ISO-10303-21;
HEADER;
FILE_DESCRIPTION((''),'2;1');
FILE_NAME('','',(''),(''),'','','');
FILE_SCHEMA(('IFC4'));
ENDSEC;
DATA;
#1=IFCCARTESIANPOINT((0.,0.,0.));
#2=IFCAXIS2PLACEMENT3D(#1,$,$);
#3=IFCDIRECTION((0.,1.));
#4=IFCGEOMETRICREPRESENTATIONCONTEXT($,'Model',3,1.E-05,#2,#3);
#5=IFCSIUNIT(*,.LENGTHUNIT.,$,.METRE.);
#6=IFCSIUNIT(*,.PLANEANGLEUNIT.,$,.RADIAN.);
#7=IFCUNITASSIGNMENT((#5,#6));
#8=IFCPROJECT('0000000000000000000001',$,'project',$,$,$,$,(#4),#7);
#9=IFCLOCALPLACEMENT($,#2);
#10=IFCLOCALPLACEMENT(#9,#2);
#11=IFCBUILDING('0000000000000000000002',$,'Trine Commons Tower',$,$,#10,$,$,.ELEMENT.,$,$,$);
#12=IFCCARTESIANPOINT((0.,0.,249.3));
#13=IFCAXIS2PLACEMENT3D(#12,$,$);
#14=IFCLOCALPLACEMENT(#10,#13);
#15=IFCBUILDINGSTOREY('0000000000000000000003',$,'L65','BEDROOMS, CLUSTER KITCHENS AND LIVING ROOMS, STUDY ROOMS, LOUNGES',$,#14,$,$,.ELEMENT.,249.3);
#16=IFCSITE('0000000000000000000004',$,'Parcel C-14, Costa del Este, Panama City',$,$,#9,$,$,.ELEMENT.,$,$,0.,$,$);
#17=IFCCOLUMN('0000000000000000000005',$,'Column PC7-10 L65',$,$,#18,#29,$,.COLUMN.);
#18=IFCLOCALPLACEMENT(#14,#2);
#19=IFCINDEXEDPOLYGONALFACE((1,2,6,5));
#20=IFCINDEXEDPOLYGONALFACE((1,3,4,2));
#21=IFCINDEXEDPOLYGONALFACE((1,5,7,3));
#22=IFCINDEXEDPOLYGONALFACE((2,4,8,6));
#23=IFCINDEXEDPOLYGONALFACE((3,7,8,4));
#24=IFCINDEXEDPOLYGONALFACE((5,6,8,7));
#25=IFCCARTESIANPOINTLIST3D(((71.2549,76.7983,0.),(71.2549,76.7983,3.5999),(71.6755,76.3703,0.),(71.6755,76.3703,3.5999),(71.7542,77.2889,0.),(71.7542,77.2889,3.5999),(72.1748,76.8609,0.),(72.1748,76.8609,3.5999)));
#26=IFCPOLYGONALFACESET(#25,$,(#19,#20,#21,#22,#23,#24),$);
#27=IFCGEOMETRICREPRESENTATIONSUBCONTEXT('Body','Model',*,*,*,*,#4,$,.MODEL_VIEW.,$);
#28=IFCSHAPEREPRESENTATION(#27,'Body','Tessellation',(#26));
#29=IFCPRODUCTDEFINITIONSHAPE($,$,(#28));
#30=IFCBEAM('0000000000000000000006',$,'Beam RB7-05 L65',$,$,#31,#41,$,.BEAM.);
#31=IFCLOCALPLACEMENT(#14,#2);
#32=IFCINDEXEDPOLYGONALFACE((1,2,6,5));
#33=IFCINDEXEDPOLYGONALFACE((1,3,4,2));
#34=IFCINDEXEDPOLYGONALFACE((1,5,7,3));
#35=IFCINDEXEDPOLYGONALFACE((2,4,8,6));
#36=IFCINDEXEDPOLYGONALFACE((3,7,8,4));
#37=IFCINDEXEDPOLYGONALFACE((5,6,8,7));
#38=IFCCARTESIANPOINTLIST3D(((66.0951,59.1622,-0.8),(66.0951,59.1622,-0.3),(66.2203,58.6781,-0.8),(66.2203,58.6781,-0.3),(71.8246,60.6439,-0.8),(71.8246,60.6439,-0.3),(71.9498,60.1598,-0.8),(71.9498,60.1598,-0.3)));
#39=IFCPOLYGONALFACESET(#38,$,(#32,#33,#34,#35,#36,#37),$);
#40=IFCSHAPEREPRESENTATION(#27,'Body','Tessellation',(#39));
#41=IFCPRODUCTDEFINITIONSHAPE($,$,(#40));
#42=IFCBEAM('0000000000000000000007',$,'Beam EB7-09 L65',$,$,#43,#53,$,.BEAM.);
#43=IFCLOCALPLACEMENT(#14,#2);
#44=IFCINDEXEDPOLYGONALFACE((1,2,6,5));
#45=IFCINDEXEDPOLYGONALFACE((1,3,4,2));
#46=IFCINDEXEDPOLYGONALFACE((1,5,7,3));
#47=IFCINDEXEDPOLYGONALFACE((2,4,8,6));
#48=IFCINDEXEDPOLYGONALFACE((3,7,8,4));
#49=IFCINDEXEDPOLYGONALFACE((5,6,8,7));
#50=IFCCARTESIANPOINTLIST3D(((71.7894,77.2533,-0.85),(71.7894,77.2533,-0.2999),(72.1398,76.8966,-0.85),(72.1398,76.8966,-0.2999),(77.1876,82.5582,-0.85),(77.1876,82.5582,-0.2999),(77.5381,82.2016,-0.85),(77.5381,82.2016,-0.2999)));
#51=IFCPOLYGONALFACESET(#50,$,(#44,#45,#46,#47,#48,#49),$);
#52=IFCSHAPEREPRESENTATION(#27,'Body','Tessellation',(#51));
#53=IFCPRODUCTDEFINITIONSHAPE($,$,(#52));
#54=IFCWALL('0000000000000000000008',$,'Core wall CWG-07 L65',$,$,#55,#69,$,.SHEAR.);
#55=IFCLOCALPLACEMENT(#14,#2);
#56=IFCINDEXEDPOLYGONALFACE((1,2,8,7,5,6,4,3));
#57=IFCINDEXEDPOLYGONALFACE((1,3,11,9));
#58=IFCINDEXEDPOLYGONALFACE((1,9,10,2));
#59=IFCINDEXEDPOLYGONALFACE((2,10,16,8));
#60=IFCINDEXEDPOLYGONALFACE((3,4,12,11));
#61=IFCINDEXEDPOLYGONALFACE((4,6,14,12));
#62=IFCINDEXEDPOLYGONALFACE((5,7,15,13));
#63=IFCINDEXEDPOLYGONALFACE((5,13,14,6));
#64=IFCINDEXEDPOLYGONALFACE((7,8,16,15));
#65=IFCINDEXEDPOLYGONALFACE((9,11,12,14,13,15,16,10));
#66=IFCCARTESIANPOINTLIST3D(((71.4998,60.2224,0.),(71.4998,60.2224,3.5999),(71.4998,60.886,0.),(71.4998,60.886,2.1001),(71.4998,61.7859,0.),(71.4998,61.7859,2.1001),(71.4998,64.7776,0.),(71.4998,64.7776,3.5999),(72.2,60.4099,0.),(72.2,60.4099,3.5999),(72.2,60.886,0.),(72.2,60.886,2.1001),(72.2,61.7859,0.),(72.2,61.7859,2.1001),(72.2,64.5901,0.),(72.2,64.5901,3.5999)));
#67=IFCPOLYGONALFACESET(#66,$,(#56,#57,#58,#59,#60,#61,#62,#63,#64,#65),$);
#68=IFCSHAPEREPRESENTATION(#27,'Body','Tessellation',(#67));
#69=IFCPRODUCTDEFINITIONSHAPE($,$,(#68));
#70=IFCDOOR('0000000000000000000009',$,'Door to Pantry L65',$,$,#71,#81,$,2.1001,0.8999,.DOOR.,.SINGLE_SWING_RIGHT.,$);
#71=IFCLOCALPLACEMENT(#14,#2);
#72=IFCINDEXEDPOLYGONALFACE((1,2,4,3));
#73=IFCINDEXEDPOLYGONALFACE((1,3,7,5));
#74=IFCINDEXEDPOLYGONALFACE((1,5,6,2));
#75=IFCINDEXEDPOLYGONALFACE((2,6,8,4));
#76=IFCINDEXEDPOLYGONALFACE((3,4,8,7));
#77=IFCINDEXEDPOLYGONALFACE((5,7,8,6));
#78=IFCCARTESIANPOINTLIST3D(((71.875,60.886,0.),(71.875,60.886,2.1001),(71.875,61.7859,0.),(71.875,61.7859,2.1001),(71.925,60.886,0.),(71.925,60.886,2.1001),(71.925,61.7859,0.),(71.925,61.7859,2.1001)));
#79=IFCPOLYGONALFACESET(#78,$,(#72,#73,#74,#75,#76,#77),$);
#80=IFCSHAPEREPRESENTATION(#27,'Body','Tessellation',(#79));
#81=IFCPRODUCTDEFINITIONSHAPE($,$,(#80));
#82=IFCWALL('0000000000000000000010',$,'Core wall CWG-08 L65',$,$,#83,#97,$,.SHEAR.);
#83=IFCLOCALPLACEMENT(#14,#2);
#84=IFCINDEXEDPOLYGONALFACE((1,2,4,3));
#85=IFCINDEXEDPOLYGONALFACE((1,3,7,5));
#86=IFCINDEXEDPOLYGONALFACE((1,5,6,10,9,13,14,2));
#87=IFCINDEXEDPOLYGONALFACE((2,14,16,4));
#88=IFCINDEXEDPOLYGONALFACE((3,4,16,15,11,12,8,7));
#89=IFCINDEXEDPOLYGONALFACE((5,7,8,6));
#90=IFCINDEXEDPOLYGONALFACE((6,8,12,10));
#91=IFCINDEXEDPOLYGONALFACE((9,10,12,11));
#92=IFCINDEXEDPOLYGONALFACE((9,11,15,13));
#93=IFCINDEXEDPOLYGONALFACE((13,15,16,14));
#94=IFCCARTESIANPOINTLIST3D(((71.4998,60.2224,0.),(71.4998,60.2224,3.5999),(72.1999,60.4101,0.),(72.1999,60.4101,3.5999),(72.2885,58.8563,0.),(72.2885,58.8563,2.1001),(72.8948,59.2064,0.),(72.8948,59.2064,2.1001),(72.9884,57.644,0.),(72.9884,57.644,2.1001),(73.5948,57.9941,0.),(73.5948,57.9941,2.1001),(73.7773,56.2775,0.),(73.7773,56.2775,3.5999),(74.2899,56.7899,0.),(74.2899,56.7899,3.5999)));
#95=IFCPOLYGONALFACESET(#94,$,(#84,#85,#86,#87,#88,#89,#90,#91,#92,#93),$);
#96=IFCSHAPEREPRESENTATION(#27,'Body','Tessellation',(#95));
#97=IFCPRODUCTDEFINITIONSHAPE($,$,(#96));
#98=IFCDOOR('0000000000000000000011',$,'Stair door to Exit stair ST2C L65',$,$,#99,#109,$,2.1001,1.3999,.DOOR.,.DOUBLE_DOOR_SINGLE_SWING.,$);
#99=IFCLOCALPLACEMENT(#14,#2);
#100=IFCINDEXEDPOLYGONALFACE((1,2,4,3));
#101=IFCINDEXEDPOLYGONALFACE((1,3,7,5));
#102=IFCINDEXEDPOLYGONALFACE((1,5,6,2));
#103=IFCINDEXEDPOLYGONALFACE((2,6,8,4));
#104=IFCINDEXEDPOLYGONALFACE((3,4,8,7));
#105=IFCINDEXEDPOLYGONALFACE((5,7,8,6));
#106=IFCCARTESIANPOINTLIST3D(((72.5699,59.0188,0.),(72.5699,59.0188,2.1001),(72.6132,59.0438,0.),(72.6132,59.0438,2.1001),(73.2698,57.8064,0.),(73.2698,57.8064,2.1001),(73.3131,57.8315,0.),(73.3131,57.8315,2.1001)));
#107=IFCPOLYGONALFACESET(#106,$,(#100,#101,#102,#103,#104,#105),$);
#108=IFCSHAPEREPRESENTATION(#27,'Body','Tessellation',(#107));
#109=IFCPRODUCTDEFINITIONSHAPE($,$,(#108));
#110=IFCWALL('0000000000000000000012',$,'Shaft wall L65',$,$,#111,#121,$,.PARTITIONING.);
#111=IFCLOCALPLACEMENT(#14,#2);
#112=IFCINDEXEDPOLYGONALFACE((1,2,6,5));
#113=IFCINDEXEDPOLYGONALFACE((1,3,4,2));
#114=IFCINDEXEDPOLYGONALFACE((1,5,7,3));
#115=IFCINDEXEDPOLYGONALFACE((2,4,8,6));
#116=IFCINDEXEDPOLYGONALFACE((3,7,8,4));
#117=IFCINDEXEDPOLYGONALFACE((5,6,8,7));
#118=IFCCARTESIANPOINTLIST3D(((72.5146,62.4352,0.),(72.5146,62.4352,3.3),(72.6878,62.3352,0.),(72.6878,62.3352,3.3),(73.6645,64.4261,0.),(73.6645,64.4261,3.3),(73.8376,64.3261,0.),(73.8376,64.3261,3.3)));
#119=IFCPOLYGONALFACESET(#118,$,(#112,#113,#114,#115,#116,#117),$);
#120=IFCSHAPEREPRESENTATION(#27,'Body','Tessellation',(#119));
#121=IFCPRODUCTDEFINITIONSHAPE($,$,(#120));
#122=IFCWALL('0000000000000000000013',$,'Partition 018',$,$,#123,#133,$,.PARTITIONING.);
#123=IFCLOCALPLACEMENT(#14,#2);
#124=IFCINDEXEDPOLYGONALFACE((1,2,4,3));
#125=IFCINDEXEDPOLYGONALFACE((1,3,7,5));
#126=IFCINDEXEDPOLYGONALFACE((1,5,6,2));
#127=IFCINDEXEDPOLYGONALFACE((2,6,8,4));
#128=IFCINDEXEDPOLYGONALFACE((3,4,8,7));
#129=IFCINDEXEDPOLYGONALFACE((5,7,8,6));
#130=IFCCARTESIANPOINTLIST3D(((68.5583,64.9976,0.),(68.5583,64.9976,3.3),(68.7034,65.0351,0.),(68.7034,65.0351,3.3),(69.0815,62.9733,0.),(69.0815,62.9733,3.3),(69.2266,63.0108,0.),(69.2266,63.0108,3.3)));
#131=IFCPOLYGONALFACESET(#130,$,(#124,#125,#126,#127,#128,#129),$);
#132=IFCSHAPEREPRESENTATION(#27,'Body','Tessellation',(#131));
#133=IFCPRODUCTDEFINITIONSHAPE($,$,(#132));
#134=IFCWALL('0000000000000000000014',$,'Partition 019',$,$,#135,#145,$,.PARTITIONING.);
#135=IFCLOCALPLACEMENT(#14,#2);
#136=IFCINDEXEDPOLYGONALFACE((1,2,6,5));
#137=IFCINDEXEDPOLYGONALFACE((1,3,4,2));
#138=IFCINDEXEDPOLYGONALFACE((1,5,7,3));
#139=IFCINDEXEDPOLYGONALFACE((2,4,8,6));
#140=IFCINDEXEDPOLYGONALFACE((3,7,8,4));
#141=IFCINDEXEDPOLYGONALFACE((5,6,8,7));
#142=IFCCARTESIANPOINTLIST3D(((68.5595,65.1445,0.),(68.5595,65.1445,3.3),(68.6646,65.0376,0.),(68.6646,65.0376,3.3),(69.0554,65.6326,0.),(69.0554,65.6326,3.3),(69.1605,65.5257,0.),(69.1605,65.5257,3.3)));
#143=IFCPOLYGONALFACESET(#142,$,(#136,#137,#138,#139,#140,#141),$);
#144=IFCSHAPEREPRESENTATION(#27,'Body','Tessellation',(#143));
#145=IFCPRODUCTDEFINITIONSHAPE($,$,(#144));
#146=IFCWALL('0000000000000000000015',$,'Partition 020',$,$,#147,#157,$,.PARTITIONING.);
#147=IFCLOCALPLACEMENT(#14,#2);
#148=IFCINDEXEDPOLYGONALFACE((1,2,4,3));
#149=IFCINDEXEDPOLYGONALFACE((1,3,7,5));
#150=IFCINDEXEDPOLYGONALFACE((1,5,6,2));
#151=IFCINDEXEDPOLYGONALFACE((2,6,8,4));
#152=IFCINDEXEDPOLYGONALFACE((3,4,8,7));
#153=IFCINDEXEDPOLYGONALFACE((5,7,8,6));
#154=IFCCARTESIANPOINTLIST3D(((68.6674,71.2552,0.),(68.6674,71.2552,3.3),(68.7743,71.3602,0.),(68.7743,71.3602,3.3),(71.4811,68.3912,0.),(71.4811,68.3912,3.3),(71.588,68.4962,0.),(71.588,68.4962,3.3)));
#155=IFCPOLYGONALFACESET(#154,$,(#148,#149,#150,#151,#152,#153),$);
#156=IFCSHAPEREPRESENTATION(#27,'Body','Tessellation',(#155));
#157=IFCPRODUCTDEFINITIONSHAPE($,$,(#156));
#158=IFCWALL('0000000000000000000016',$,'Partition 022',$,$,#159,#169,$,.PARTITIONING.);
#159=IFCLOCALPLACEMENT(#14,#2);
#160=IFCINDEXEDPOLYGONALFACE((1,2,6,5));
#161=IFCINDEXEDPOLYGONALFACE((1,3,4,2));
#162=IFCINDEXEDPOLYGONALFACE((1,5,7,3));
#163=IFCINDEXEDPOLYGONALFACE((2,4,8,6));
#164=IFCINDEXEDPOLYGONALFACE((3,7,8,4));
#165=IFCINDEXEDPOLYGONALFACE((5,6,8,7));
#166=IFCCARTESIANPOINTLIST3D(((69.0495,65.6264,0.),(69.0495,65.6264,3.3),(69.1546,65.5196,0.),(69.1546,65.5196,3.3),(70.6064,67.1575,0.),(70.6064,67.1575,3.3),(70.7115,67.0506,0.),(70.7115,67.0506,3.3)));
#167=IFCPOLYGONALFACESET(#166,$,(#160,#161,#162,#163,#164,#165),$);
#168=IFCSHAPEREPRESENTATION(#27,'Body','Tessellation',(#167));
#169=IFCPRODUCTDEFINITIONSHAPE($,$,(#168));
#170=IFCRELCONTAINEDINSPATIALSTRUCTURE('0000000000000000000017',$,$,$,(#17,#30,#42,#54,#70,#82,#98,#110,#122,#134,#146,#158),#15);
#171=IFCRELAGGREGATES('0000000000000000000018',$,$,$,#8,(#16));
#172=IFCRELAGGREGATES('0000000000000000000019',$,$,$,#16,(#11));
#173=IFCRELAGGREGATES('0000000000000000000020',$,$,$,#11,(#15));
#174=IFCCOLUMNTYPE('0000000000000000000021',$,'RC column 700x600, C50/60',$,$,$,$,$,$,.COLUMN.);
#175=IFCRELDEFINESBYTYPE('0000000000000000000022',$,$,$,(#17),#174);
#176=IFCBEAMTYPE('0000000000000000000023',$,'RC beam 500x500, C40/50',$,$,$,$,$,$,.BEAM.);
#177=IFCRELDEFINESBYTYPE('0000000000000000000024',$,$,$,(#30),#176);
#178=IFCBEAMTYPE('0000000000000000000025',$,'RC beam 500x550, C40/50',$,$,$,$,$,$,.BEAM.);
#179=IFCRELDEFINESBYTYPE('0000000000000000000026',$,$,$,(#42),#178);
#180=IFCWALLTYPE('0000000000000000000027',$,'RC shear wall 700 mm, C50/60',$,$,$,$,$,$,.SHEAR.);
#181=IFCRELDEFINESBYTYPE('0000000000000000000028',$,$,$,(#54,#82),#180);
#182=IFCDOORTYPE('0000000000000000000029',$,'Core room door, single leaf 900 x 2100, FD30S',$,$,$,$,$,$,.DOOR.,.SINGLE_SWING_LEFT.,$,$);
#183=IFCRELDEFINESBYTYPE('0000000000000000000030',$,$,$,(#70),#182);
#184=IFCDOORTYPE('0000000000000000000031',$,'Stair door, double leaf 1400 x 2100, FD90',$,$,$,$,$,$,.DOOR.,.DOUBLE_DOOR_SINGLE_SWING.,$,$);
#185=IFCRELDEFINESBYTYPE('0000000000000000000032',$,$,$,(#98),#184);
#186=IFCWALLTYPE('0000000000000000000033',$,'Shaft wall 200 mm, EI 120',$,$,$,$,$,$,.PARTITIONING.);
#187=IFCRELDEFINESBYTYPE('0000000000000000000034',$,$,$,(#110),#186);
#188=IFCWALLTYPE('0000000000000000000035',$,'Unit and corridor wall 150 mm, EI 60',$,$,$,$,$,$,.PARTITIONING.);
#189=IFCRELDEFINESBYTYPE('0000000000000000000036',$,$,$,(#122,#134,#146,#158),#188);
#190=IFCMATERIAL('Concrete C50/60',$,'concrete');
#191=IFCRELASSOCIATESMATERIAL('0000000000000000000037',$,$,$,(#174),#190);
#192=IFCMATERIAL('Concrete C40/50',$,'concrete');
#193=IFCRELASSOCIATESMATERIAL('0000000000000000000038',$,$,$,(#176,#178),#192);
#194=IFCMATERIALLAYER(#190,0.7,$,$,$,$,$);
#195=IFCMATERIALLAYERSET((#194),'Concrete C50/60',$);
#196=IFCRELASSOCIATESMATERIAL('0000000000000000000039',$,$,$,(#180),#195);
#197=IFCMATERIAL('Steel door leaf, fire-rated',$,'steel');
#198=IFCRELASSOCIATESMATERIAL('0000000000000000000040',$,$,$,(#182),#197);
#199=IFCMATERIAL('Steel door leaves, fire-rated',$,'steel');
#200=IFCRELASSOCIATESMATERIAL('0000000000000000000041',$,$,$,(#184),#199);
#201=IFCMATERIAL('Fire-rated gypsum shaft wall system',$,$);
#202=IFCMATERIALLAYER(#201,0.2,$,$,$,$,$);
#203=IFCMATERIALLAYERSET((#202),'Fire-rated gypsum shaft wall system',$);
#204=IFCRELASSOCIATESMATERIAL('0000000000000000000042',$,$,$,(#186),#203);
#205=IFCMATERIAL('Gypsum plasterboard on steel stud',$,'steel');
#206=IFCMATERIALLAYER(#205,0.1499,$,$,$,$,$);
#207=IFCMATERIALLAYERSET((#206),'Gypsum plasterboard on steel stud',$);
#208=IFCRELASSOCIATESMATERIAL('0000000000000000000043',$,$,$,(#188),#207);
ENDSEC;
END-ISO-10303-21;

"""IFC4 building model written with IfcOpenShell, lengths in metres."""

from ifc_helpers import new_model, si_unit, direction, frame, frame_2d, origin, origin_2d, place, context, subcontext, project, spatial, polyline, rectangle, outline, extrude, material, layer, layer_set, material_profile, profile_set, type_object, element, fill, save


model = new_model("IFC4")

# Units and contexts
model_context = context("Model", 3, precision=1e-05, world=origin(), true_north=direction((0.0, 1.0)))
body_context = subcontext(model_context, "Body", "Model", "MODEL_VIEW")
ifc_project = project(units=[si_unit("LENGTHUNIT", "METRE"), si_unit("PLANEANGLEUNIT", "RADIAN")], contexts=[model_context])

# Site, building, storey
site_placement = place(None, origin())
site = spatial("IfcSite", under=ifc_project, at=site_placement, Name="Parcel C-14, Costa del Este, Panama City", CompositionType="ELEMENT", RefElevation=0.0)
building_placement = place(site_placement, origin())
building = spatial("IfcBuilding", under=site, at=building_placement, Name="Trine Commons Tower", CompositionType="ELEMENT")
storey_placement = place(building_placement, frame((0.0, 0.0, 249.3)))
storey = spatial("IfcBuildingStorey", under=building, at=storey_placement, Name="L65", Description="BEDROOMS, CLUSTER KITCHENS AND LIVING ROOMS, STUDY ROOMS, LOUNGES", CompositionType="ELEMENT", Elevation=249.3)

# Column
ifc_material_1 = material(Name="Concrete C50/60", Category="concrete")
ifc_material_profile_1 = material_profile(ifc_material_1, rectangle(XDim=0.7, YDim=0.6001, at=origin_2d()), Name="RC 700x600")
ifc_profile_set_1 = profile_set([ifc_material_profile_1], Name="Concrete C50/60")
column_type = type_object("IfcColumnType", Name="RC column 700x600, C50/60", PredefinedType="COLUMN", material=ifc_profile_set_1)
column_placement = place(storey_placement, frame((71.7148, 76.8296, 0.0), z_axis=(0.0, 0.0, 1.0), x_axis=(0.71325, 0.700909, 0.0)))
element("IfcColumn", 1, at=column_placement, inside=storey, type_object=column_type, Name="Column PC7-10 L65", PredefinedType="COLUMN", context=body_context, shape_type="SweptSolid", body=[
    extrude(rectangle(XDim=0.7, YDim=0.6001, at=origin_2d()), origin(), (0.0, 0.0, 1.0), 3.5999),
])

# Beams
ifc_material_2 = material(Name="Concrete C40/50", Category="concrete")
ifc_material_profile_2 = material_profile(ifc_material_2, rectangle(XDim=0.5, YDim=0.5, at=origin_2d()), Name="RC 500x500")
ifc_profile_set_2 = profile_set([ifc_material_profile_2], Name="Concrete C40/50")
beam_type_1 = type_object("IfcBeamType", Name="RC beam 500x500, C40/50", PredefinedType="BEAM", material=ifc_profile_set_2)
beam_1_placement = place(storey_placement, frame((71.8872, 60.4019, -0.55), z_axis=(-0.96815, -0.250371, 0.0), x_axis=(0.250371, -0.96815, 0.0)))
element("IfcBeam", 2, at=beam_1_placement, inside=storey, type_object=beam_type_1, Name="Beam RB7-05 L65", PredefinedType="BEAM", context=body_context, shape_type="SweptSolid", body=[
    extrude(rectangle(XDim=0.5, YDim=0.5, at=origin_2d()), origin(), (0.0, 0.0, 1.0), 5.918),
])
ifc_material_profile_3 = material_profile(ifc_material_2, rectangle(XDim=0.5, YDim=0.55, at=origin_2d()), Name="RC 500x550")
ifc_profile_set_3 = profile_set([ifc_material_profile_3], Name="Concrete C40/50")
beam_type_2 = type_object("IfcBeamType", Name="RC beam 500x550, C40/50", PredefinedType="BEAM", material=ifc_profile_set_3)
beam_2_placement = place(storey_placement, frame((71.9646, 77.075, -0.575), z_axis=(0.713241, 0.700919, 0.0), x_axis=(-0.700919, 0.713241, 0.0)))
element("IfcBeam", 3, at=beam_2_placement, inside=storey, type_object=beam_type_2, Name="Beam EB7-09 L65", PredefinedType="BEAM", context=body_context, shape_type="SweptSolid", body=[
    extrude(rectangle(XDim=0.5, YDim=0.55, at=origin_2d()), origin(), (0.0, 0.0, 1.0), 7.5686),
])

# Walls, openings, doors
ifc_layer_1 = layer(ifc_material_1, 0.7)
ifc_layer_set_1 = layer_set([ifc_layer_1], Name="Concrete C50/60")
wall_type_1 = type_object("IfcWallType", Name="RC shear wall 700 mm, C50/60", PredefinedType="SHEAR", material=ifc_layer_set_1)
wall_1_placement = place(storey_placement, frame((71.8499, 64.7776, 0.0), z_axis=(0.0, 0.0, 1.0), x_axis=(0.0, -1.0, 0.0)))
wall_1 = element("IfcWall", 4, at=wall_1_placement, inside=storey, type_object=wall_type_1, Name="Core wall CWG-07 L65", PredefinedType="SHEAR", context=body_context, shape_type="SweptSolid", body=[
    extrude(outline(polyline([(0.0, -0.3501), (4.5552, -0.3501), (4.3677, 0.3501), (0.1875, 0.3501), (0.0, -0.3501)])), origin(), (0.0, 0.0, 1.0), 3.5999),
])
opening_1_placement = place(wall_1_placement, frame((2.9917, 0.0, 0.0)))
opening_1 = element("IfcOpeningElement", 5, at=opening_1_placement, cuts=wall_1, PredefinedType="OPENING", context=body_context, shape_type="SweptSolid", body=[
    extrude(rectangle(XDim=0.8999, YDim=2.1001, at=frame_2d((0.45, 1.05))), frame((0.0, 0.3599, 0.0), z_axis=(0.0, -1.0, 0.0), x_axis=(1.0, 0.0, 0.0)), (0.0, 0.0, 1.0), 0.72),
])
ifc_material_3 = material(Name="Steel door leaf, fire-rated", Category="steel")
door_type_1 = type_object("IfcDoorType", Name="Core room door, single leaf 900 x 2100, FD30S", OperationType="SINGLE_SWING_LEFT", PredefinedType="DOOR", material=ifc_material_3)
door_1_placement = place(opening_1_placement, origin())
door_1 = element("IfcDoor", 6, at=door_1_placement, inside=storey, type_object=door_type_1, Name="Door to Pantry L65", OperationType="SINGLE_SWING_RIGHT", OverallHeight=2.1001, OverallWidth=0.8999, PredefinedType="DOOR", context=body_context, shape_type="SweptSolid", body=[
    extrude(rectangle(XDim=0.8999, YDim=2.1001, at=frame_2d((0.45, 1.05))), frame((0.0, 0.0752, 0.0), z_axis=(0.0, -1.0, 0.0), x_axis=(1.0, 0.0, 0.0)), (0.0, 0.0, 1.0), 0.05),
])
fill(opening_1, door_1)
wall_2_placement = place(storey_placement, frame((71.803, 60.3975, 0.0), z_axis=(0.0, 0.0, 1.0), x_axis=(0.499984, -0.866035, 0.0)))
wall_2 = element("IfcWall", 7, at=wall_2_placement, inside=storey, type_object=wall_type_1, Name="Core wall CWG-08 L65", PredefinedType="SHEAR", context=body_context, shape_type="SweptSolid", body=[
    extrude(outline(polyline([(0.0, -0.3501), (4.5552, -0.3501), (4.3677, 0.3501), (0.1875, 0.3501), (0.0, -0.3501)])), origin(), (0.0, 0.0, 1.0), 3.5999),
])
opening_2_placement = place(wall_2_placement, frame((1.5774, 0.0, 0.0)))
opening_2 = element("IfcOpeningElement", 8, at=opening_2_placement, cuts=wall_2, PredefinedType="OPENING", context=body_context, shape_type="SweptSolid", body=[
    extrude(rectangle(XDim=1.3999, YDim=2.1001, at=frame_2d((0.7, 1.05))), frame((0.0, 0.3599, 0.0), z_axis=(0.0, -1.0, 0.0), x_axis=(1.0, 0.0, 0.0)), (0.0, 0.0, 1.0), 0.72),
])
ifc_material_4 = material(Name="Steel door leaves, fire-rated", Category="steel")
door_type_2 = type_object("IfcDoorType", Name="Stair door, double leaf 1400 x 2100, FD90", OperationType="DOUBLE_DOOR_SINGLE_SWING", PredefinedType="DOOR", material=ifc_material_4)
door_2_placement = place(opening_2_placement, origin())
door_2 = element("IfcDoor", 9, at=door_2_placement, inside=storey, type_object=door_type_2, Name="Stair door to Exit stair ST2C L65", OperationType="DOUBLE_DOOR_SINGLE_SWING", OverallHeight=2.1001, OverallWidth=1.3999, PredefinedType="DOOR", context=body_context, shape_type="SweptSolid", body=[
    extrude(rectangle(XDim=1.3999, YDim=2.1001, at=frame_2d((0.7, 1.05))), frame((0.0, 0.0249, 0.0), z_axis=(0.0, -1.0, 0.0), x_axis=(1.0, 0.0, 0.0)), (0.0, 0.0, 1.0), 0.05),
])
fill(opening_2, door_2)

# Walls
ifc_material_5 = material(Name="Fire-rated gypsum shaft wall system")
ifc_layer_2 = layer(ifc_material_5, 0.2)
ifc_layer_set_2 = layer_set([ifc_layer_2], Name="Fire-rated gypsum shaft wall system")
wall_type_2 = type_object("IfcWallType", Name="Shaft wall 200 mm, EI 120", PredefinedType="PARTITIONING", material=ifc_layer_set_2)
wall_3_placement = place(storey_placement, frame((73.751, 64.376, 0.0), z_axis=(0.0, 0.0, 1.0), x_axis=(-0.500136, -0.865947, 0.0)))
element("IfcWall", 10, at=wall_3_placement, inside=storey, type_object=wall_type_2, Name="Shaft wall L65", PredefinedType="PARTITIONING", context=body_context, shape_type="SweptSolid", body=[
    extrude(rectangle(XDim=2.2991, YDim=0.2, at=frame_2d((1.1494, 0.0))), origin(), (0.0, 0.0, 1.0), 3.3),
])
ifc_material_6 = material(Name="Gypsum plasterboard on steel stud", Category="steel")
ifc_layer_3 = layer(ifc_material_6, 0.1499)
ifc_layer_set_3 = layer_set([ifc_layer_3], Name="Gypsum plasterboard on steel stud")
wall_type_3 = type_object("IfcWallType", Name="Unit and corridor wall 150 mm, EI 60", PredefinedType="PARTITIONING", material=ifc_layer_set_3)
wall_4_placement = place(storey_placement, frame((68.6309, 65.0164, 0.0), z_axis=(0.0, 0.0, 1.0), x_axis=(0.250221, -0.968189, 0.0)))
element("IfcWall", 11, at=wall_4_placement, inside=storey, type_object=wall_type_3, Name="Partition 018", PredefinedType="PARTITIONING", context=body_context, shape_type="SweptSolid", body=[
    extrude(rectangle(XDim=2.0908, YDim=0.1499, at=frame_2d((1.0454, 0.0))), origin(), (0.0, 0.0, 1.0), 3.3),
])
wall_5_placement = place(storey_placement, frame((68.6121, 65.0911, 0.0), z_axis=(0.0, 0.0, 1.0), x_axis=(0.712699, 0.70147, 0.0)))
element("IfcWall", 12, at=wall_5_placement, inside=storey, type_object=wall_type_3, Name="Partition 019", PredefinedType="PARTITIONING", context=body_context, shape_type="SweptSolid", body=[
    extrude(rectangle(XDim=0.6958, YDim=0.1499, at=frame_2d((0.3479, 0.0))), origin(), (0.0, 0.0, 1.0), 3.3),
])
wall_6_placement = place(storey_placement, frame((68.7209, 71.3076, 0.0), z_axis=(0.0, 0.0, 1.0), x_axis=(0.700816, -0.713342, 0.0)))
element("IfcWall", 13, at=wall_6_placement, inside=storey, type_object=wall_type_3, Name="Partition 020", PredefinedType="PARTITIONING", context=body_context, shape_type="SweptSolid", body=[
    extrude(rectangle(XDim=4.0149, YDim=0.1499, at=frame_2d((2.0073, 0.0))), origin(), (0.0, 0.0, 1.0), 3.3),
])
wall_7_placement = place(storey_placement, frame((69.1021, 65.573, 0.0), z_axis=(0.0, 0.0, 1.0), x_axis=(0.713008, 0.701156, 0.0)))
element("IfcWall", 14, at=wall_7_placement, inside=storey, type_object=wall_type_3, Name="Partition 022", PredefinedType="PARTITIONING", context=body_context, shape_type="SweptSolid", body=[
    extrude(rectangle(XDim=2.1836, YDim=0.1499, at=frame_2d((1.0918, 0.0))), origin(), (0.0, 0.0, 1.0), 3.3),
])

save(model, "model.ifc")
